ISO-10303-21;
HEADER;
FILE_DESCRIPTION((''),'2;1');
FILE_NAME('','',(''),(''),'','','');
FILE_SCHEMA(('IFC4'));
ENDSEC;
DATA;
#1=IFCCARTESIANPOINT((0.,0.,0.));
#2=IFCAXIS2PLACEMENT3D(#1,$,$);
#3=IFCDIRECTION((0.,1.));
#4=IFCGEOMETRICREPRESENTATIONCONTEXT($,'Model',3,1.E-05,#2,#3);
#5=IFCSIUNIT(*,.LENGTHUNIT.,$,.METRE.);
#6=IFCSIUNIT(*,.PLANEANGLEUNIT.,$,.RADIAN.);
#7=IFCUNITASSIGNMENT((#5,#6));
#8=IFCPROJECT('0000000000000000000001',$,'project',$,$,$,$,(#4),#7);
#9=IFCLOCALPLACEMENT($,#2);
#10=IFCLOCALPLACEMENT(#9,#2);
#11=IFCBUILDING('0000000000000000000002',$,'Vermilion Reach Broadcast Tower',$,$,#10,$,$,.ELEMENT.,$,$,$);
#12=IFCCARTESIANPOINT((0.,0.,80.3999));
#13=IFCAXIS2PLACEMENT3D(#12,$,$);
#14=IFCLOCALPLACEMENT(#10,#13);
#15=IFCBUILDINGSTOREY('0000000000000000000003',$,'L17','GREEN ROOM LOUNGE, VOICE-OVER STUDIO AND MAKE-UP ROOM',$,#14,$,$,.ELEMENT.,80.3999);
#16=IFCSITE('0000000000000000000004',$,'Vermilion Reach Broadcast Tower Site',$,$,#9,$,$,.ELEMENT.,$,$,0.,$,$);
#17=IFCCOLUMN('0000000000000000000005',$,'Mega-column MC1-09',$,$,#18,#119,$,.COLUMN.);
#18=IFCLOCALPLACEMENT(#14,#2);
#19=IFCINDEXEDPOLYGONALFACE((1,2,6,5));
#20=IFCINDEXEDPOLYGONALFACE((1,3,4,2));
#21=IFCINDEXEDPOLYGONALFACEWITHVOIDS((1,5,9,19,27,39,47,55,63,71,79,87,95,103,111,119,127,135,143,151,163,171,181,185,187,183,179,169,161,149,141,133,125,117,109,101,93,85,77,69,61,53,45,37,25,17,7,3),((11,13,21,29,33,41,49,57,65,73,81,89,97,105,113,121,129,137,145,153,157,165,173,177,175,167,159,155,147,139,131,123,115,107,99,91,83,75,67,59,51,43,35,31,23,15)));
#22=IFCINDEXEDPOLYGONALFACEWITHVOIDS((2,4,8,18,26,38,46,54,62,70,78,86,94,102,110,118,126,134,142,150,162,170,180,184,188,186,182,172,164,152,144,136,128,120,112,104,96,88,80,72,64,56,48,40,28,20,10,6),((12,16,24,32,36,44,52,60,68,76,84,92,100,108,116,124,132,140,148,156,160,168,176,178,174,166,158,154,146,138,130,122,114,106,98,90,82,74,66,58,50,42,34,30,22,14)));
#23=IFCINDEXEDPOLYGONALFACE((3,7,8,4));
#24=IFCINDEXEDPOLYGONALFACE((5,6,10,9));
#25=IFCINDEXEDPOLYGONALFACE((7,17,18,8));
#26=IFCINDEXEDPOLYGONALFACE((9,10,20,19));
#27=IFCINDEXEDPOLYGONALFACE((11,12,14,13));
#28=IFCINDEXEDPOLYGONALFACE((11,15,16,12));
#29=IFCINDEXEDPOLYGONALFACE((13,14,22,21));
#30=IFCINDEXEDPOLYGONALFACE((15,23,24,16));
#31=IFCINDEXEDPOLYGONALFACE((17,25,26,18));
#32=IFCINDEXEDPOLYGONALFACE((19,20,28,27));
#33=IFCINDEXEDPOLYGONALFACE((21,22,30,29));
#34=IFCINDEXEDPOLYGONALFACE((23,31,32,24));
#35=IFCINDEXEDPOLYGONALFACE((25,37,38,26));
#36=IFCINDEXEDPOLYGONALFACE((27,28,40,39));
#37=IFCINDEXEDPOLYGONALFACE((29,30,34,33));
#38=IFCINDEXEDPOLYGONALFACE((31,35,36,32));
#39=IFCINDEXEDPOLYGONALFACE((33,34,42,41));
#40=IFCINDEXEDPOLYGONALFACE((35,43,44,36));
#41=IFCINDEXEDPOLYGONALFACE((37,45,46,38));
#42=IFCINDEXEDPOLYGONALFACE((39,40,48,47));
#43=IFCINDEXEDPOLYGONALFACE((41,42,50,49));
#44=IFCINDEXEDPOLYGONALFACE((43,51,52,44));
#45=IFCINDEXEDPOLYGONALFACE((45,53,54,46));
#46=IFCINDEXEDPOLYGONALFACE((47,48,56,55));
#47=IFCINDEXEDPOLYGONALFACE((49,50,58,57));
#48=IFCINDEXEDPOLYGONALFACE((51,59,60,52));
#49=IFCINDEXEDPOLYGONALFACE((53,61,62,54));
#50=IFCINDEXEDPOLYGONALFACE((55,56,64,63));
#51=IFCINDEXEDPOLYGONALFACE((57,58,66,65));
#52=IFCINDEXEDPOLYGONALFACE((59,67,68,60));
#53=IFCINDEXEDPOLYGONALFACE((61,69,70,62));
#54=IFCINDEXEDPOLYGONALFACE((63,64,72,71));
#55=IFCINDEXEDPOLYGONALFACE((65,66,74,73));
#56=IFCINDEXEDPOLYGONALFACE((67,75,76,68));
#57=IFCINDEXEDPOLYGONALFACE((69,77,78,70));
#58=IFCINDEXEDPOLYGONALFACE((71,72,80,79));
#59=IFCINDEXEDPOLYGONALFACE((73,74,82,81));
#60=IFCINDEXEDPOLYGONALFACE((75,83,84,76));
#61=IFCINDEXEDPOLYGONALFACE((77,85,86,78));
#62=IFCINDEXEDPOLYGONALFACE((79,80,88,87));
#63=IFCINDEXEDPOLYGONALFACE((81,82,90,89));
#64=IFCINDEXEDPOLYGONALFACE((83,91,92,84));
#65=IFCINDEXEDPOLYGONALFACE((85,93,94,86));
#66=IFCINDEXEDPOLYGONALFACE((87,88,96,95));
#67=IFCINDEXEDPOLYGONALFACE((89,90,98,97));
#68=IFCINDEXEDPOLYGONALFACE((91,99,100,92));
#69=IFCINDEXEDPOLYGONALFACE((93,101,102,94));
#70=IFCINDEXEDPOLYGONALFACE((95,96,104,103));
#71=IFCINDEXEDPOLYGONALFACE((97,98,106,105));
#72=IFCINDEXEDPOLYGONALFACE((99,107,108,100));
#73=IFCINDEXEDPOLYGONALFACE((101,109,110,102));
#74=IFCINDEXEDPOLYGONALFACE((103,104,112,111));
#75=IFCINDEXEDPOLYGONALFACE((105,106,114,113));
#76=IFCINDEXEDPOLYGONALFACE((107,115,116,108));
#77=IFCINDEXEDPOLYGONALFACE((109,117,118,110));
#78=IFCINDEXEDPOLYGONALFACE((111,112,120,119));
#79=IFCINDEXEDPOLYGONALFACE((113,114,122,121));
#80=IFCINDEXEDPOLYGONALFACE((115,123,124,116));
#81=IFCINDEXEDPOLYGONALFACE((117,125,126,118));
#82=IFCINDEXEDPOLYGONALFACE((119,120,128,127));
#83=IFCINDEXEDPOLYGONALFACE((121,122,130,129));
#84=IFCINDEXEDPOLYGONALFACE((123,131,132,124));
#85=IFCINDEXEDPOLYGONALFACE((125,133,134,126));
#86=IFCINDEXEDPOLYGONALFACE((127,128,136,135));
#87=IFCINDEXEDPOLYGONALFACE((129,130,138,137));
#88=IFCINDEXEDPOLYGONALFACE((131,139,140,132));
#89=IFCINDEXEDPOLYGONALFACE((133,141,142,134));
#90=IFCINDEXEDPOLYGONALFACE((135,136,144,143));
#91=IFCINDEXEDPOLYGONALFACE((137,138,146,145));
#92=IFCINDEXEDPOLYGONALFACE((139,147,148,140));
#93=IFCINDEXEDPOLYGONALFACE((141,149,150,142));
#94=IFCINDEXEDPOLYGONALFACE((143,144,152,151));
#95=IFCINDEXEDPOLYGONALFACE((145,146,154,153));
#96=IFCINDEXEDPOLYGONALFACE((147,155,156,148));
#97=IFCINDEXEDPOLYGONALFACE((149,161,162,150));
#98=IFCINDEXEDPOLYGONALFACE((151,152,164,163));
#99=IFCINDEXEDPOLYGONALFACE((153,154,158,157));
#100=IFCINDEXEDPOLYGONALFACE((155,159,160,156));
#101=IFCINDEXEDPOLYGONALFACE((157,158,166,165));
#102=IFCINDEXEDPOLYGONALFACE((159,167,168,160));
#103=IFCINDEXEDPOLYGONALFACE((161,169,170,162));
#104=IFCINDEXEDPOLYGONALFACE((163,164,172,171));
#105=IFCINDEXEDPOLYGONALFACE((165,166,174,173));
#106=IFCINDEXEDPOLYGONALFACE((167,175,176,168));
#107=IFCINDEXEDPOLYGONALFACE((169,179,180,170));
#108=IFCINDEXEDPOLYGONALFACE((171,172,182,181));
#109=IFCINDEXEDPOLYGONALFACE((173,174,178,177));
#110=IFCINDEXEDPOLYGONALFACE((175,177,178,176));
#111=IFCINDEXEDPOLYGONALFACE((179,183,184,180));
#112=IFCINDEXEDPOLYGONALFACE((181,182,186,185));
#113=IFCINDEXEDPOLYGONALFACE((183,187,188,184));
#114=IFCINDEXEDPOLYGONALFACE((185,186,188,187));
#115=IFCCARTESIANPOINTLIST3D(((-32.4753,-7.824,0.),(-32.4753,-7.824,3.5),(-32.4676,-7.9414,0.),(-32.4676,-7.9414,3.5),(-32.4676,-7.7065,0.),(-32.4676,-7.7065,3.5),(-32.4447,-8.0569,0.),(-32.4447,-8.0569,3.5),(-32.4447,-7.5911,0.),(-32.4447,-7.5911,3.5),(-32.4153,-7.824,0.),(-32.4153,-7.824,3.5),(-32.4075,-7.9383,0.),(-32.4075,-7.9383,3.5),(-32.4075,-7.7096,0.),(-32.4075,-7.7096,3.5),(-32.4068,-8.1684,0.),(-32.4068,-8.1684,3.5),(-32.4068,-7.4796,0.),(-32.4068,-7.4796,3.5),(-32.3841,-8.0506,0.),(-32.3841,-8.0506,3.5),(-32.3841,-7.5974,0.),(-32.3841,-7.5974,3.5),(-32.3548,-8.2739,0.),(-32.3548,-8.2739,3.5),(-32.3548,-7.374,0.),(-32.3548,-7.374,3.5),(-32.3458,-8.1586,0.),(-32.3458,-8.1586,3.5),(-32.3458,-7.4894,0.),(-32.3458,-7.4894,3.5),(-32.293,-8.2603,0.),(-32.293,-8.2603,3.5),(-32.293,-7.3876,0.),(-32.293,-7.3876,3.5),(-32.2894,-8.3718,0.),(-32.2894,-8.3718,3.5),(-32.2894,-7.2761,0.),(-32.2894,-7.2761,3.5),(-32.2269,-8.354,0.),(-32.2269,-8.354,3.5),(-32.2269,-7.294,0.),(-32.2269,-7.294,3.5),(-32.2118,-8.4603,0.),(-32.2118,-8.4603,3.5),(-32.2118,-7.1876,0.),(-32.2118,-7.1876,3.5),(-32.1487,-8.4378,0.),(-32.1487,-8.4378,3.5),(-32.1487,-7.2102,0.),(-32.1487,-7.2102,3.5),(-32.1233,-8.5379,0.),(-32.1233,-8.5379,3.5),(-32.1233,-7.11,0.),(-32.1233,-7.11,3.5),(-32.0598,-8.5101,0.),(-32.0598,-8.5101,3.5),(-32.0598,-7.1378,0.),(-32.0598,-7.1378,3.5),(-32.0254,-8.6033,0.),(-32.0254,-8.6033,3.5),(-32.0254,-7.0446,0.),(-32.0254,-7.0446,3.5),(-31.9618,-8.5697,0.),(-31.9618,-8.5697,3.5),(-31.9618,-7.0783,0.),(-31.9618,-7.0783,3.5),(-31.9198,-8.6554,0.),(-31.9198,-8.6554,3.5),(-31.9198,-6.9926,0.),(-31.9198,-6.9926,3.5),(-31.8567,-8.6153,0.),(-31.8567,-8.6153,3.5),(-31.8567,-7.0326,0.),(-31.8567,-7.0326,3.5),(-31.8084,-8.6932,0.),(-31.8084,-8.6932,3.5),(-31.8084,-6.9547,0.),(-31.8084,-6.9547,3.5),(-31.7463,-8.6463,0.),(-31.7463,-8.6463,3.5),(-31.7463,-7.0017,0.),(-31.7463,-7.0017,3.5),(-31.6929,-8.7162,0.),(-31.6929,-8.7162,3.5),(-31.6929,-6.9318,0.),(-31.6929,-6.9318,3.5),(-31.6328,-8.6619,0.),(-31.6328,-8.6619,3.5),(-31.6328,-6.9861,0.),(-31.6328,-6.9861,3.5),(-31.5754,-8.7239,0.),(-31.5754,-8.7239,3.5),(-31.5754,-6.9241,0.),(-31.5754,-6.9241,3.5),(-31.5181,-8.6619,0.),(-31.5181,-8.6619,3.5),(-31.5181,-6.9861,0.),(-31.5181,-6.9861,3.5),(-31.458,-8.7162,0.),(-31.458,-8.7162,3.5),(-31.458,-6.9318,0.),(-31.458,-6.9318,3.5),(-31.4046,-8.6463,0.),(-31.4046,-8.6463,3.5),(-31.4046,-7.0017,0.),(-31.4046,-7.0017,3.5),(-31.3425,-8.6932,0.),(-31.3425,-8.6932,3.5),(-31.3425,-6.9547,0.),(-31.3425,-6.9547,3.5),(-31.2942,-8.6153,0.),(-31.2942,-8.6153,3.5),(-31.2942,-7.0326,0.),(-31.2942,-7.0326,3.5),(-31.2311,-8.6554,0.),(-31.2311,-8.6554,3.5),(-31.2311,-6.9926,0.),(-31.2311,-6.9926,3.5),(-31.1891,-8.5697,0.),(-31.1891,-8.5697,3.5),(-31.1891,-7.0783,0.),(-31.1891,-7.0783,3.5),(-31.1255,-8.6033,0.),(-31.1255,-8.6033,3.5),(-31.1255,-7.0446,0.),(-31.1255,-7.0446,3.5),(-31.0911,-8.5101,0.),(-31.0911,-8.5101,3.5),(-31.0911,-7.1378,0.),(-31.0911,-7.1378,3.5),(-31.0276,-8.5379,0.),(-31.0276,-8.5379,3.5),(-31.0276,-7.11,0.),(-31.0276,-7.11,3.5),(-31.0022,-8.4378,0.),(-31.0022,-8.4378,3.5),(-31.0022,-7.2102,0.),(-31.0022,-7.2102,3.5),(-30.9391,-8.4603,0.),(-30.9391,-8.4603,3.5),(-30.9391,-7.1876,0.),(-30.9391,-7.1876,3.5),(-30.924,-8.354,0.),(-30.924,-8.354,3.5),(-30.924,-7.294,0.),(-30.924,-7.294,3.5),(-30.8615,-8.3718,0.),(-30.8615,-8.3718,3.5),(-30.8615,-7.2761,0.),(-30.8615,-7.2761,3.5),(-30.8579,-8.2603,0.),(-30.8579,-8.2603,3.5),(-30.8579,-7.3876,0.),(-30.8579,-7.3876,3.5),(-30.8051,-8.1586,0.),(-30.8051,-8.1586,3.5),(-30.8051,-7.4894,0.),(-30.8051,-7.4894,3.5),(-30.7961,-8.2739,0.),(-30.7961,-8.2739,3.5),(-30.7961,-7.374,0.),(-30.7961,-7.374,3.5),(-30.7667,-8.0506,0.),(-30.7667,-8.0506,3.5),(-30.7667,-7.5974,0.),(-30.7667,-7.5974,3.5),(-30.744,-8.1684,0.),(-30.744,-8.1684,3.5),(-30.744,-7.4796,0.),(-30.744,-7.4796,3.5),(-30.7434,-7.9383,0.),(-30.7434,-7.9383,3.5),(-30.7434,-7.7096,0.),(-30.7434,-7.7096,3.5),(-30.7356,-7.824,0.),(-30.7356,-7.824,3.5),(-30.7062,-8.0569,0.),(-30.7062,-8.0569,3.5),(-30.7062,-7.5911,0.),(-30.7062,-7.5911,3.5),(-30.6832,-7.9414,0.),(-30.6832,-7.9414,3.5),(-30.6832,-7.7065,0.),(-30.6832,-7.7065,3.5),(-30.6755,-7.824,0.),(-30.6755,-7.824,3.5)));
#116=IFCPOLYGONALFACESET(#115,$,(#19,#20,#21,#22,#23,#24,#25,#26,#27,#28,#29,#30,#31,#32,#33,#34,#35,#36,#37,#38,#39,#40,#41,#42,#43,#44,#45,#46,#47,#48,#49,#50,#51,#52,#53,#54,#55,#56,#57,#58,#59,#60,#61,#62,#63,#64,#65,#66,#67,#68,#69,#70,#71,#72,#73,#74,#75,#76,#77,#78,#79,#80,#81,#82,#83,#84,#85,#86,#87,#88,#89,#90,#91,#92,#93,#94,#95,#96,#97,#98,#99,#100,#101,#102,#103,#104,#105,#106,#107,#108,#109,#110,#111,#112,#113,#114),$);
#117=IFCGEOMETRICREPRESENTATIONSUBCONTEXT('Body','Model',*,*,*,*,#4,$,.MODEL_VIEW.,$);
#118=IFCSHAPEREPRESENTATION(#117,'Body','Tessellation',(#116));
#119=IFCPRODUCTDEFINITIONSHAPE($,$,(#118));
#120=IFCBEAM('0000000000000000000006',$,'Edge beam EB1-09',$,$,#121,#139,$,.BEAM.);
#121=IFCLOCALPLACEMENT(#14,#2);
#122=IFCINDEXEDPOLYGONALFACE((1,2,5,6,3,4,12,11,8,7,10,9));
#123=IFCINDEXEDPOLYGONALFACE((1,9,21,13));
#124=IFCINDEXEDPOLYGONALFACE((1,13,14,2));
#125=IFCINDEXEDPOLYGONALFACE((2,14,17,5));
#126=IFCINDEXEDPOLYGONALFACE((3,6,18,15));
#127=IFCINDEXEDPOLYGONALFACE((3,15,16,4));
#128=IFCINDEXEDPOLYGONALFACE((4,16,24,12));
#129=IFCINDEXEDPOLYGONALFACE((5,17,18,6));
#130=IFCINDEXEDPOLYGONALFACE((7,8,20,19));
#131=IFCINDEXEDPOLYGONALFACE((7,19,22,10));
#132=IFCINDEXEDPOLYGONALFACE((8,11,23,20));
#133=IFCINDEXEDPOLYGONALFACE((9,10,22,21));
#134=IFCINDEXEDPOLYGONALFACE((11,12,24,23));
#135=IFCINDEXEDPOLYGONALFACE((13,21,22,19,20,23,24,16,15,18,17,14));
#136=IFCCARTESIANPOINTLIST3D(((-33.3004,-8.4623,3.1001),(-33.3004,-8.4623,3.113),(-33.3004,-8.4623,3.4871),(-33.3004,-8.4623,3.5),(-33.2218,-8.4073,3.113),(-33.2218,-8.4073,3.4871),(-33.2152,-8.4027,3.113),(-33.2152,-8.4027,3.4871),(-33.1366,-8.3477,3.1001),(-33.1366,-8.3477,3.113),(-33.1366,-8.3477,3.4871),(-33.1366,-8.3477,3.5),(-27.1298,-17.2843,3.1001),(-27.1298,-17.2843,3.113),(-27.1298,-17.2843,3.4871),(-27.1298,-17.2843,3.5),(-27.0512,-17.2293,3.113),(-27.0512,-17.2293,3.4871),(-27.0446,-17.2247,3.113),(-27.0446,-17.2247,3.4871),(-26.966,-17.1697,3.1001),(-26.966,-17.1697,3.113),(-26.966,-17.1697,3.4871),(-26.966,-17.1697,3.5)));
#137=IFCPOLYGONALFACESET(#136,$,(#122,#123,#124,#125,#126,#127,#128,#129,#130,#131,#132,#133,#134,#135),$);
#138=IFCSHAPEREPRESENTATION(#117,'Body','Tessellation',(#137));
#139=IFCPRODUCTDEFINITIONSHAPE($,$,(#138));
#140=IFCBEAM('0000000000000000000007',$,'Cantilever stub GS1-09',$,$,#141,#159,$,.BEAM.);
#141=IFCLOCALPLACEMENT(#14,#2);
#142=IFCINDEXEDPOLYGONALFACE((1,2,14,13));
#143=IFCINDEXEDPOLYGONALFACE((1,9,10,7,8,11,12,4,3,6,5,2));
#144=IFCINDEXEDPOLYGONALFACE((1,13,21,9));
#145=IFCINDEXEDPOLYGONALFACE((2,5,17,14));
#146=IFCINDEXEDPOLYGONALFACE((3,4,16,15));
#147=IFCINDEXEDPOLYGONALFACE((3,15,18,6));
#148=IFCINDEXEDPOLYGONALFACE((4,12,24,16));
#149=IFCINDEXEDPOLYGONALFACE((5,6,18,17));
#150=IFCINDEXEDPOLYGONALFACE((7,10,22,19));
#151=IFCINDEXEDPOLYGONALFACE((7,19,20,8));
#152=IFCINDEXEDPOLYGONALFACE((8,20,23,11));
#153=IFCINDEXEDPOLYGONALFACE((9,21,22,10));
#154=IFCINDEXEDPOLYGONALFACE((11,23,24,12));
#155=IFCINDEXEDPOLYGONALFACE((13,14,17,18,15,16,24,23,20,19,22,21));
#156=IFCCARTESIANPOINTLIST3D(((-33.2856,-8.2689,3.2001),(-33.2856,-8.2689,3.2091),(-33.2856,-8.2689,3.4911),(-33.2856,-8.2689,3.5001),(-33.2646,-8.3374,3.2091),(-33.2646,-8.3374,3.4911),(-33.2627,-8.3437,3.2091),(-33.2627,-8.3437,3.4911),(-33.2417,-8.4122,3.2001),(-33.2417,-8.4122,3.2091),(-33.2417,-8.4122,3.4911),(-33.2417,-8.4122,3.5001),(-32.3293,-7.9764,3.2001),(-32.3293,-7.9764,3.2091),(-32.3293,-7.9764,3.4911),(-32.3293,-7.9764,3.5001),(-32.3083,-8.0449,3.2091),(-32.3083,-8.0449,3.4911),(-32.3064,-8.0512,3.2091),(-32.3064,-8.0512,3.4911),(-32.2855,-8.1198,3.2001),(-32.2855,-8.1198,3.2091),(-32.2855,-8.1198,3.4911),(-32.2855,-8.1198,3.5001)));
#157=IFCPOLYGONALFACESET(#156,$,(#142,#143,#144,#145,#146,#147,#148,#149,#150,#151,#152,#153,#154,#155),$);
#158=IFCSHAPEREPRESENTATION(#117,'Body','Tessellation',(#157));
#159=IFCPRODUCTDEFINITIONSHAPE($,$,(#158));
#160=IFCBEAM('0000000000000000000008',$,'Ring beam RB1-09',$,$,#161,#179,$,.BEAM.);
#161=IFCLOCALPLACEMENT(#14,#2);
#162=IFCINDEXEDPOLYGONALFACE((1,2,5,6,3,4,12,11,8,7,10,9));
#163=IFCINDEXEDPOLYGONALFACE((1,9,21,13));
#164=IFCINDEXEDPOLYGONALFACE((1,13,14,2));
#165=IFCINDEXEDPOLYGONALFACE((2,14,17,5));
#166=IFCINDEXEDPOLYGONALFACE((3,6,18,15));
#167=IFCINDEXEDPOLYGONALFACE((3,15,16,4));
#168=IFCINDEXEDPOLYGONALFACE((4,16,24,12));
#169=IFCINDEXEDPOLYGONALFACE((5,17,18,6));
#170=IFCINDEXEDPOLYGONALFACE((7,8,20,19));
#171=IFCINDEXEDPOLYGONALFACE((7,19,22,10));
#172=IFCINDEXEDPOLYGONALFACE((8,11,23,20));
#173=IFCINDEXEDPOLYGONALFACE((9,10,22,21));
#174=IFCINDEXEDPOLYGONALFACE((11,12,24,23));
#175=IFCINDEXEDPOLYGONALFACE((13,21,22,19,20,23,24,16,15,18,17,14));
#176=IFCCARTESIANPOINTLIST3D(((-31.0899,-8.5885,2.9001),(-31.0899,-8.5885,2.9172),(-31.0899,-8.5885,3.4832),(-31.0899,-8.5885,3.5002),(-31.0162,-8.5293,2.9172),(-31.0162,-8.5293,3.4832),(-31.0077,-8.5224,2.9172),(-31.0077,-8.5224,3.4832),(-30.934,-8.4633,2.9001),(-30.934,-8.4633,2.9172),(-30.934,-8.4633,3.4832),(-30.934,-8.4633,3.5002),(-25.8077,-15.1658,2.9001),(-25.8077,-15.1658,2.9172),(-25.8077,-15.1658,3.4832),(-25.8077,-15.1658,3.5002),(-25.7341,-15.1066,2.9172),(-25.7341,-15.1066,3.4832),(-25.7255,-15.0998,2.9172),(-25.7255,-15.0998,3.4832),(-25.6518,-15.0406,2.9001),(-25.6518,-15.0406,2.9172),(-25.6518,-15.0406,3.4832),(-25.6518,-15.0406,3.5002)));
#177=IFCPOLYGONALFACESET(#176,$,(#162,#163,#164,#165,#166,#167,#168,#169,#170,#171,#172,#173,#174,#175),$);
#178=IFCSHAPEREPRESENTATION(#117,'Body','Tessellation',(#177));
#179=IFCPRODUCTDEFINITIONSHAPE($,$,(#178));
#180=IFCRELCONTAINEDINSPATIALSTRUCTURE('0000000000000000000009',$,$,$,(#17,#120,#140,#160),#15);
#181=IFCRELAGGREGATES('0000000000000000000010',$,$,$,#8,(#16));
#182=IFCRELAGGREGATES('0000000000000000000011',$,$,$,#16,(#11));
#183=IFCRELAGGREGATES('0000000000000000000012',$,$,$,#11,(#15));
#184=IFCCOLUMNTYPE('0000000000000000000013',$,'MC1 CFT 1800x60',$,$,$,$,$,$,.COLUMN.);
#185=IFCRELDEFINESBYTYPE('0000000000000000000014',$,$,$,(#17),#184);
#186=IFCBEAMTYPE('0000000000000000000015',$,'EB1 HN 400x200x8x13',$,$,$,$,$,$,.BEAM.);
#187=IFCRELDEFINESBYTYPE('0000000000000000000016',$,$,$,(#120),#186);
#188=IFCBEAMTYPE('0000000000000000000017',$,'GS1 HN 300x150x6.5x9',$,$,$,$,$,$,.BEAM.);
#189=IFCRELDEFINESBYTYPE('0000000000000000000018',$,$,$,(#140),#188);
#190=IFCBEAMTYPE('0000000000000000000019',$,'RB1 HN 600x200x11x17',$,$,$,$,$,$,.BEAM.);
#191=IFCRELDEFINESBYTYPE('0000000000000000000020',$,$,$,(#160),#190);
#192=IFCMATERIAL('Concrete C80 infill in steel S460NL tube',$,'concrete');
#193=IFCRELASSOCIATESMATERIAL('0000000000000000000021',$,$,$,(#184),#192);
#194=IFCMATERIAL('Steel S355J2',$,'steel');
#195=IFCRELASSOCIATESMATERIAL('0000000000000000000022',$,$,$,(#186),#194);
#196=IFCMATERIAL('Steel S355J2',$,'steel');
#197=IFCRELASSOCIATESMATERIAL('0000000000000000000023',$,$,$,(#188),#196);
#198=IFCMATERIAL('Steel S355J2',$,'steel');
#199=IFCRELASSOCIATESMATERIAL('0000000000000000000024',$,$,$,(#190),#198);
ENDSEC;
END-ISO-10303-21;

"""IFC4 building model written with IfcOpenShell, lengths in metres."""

from ifc_helpers import new_model, si_unit, direction, frame, origin, origin_2d, place, context, subcontext, project, spatial, hollow_circle, i_section, extrude, material, material_profile, profile_set, type_object, element, save


model = new_model("IFC4")

# Units and contexts
model_context = context("Model", 3, precision=1e-05, world=origin(), true_north=direction((0.0, 1.0)))
body_context = subcontext(model_context, "Body", "Model", "MODEL_VIEW")
ifc_project = project(units=[si_unit("LENGTHUNIT", "METRE"), si_unit("PLANEANGLEUNIT", "RADIAN")], contexts=[model_context])

# Site, building, storey
site_placement = place(None, origin())
site = spatial("IfcSite", under=ifc_project, at=site_placement, Name="Vermilion Reach Broadcast Tower Site", CompositionType="ELEMENT", RefElevation=0.0)
building_placement = place(site_placement, origin())
building = spatial("IfcBuilding", under=site, at=building_placement, Name="Vermilion Reach Broadcast Tower", CompositionType="ELEMENT")
storey_placement = place(building_placement, frame((0.0, 0.0, 80.3999)))
storey = spatial("IfcBuildingStorey", under=building, at=storey_placement, Name="L17", Description="GREEN ROOM LOUNGE, VOICE-OVER STUDIO AND MAKE-UP ROOM", CompositionType="ELEMENT", Elevation=80.3999)

# Column
ifc_material_1 = material(Name="Concrete C80 infill in steel S460NL tube", Category="concrete")
ifc_material_profile_1 = material_profile(ifc_material_1, hollow_circle(Radius=0.8999, WallThickness=0.0601, at=origin_2d()), Name="Concrete C80 infill in steel S460NL tube CFT 1800x60")
ifc_profile_set_1 = profile_set([ifc_material_profile_1], Name="Concrete C80 infill in steel S460NL tube")
column_type = type_object("IfcColumnType", Name="MC1 CFT 1800x60", PredefinedType="COLUMN", material=ifc_profile_set_1)
column_placement = place(storey_placement, frame((-31.5754, -7.824, 0.0), z_axis=(0.0, 0.0, 1.0), x_axis=(1.0, 0.0, 0.0)))
element("IfcColumn", 1, at=column_placement, inside=storey, type_object=column_type, Name="Mega-column MC1-09", PredefinedType="COLUMN", context=body_context, shape_type="SweptSolid", body=[
    extrude(hollow_circle(Radius=0.8999, WallThickness=0.0601, at=origin_2d()), origin(), (0.0, 0.0, 1.0), 3.5),
])

# Beams
ifc_material_2 = material(Name="Steel S355J2", Category="steel")
ifc_material_profile_2 = material_profile(ifc_material_2, i_section(OverallWidth=0.2, OverallDepth=0.3999, WebThickness=0.0081, FlangeThickness=0.0129, at=origin_2d()), Name="S355J2 HN 400x200x8x13")
ifc_profile_set_2 = profile_set([ifc_material_profile_2], Name="Steel S355J2")
beam_type_1 = type_object("IfcBeamType", Name="EB1 HN 400x200x8x13", PredefinedType="BEAM", material=ifc_profile_set_2)
beam_1_placement = place(storey_placement, frame((-33.2185, -8.405, 3.3), z_axis=(0.573166, -0.81944, 0.0), x_axis=(0.81944, 0.573166, 0.0)))
element("IfcBeam", 2, at=beam_1_placement, inside=storey, type_object=beam_type_1, Name="Edge beam EB1-09", PredefinedType="BEAM", context=body_context, shape_type="SweptSolid", body=[
    extrude(i_section(OverallWidth=0.2, OverallDepth=0.3999, WebThickness=0.0081, FlangeThickness=0.0129, at=origin_2d()), origin(), (0.0, 0.0, 1.0), 10.7659),
])
ifc_material_3 = material(Name="Steel S355J2", Category="steel")
ifc_material_profile_3 = material_profile(ifc_material_3, i_section(OverallWidth=0.1499, OverallDepth=0.3, WebThickness=0.0066, FlangeThickness=0.009, at=origin_2d()), Name="S355J2 HN 300x150x6.5x9")
ifc_profile_set_3 = profile_set([ifc_material_profile_3], Name="Steel S355J2")
beam_type_2 = type_object("IfcBeamType", Name="GS1 HN 300x150x6.5x9", PredefinedType="BEAM", material=ifc_profile_set_3)
beam_2_placement = place(storey_placement, frame((-32.3074, -8.0481, 3.3501), z_axis=(-0.956274, -0.292473, 0.0), x_axis=(0.292473, -0.956274, 0.0)))
element("IfcBeam", 3, at=beam_2_placement, inside=storey, type_object=beam_type_2, Name="Cantilever stub GS1-09", PredefinedType="BEAM", context=body_context, shape_type="SweptSolid", body=[
    extrude(i_section(OverallWidth=0.1499, OverallDepth=0.3, WebThickness=0.0066, FlangeThickness=0.009, at=origin_2d()), origin(), (0.0, 0.0, 1.0), 1.0),
])
ifc_material_4 = material(Name="Steel S355J2", Category="steel")
ifc_material_profile_4 = material_profile(ifc_material_4, i_section(OverallWidth=0.2, OverallDepth=0.6001, WebThickness=0.011, FlangeThickness=0.0171, at=origin_2d()), Name="S355J2 HN 600x200x11x17")
ifc_profile_set_4 = profile_set([ifc_material_profile_4], Name="Steel S355J2")
beam_type_3 = type_object("IfcBeamType", Name="RB1 HN 600x200x11x17", PredefinedType="BEAM", material=ifc_profile_set_4)
beam_3_placement = place(storey_placement, frame((-31.012, -8.5259, 3.2002), z_axis=(0.626162, -0.779693, 0.0), x_axis=(0.779693, 0.626162, 0.0)))
element("IfcBeam", 4, at=beam_3_placement, inside=storey, type_object=beam_type_3, Name="Ring beam RB1-09", PredefinedType="BEAM", context=body_context, shape_type="SweptSolid", body=[
    extrude(i_section(OverallWidth=0.2, OverallDepth=0.6001, WebThickness=0.011, FlangeThickness=0.0171, at=origin_2d()), origin(), (0.0, 0.0, 1.0), 8.4358),
])

save(model, "model.ifc")
